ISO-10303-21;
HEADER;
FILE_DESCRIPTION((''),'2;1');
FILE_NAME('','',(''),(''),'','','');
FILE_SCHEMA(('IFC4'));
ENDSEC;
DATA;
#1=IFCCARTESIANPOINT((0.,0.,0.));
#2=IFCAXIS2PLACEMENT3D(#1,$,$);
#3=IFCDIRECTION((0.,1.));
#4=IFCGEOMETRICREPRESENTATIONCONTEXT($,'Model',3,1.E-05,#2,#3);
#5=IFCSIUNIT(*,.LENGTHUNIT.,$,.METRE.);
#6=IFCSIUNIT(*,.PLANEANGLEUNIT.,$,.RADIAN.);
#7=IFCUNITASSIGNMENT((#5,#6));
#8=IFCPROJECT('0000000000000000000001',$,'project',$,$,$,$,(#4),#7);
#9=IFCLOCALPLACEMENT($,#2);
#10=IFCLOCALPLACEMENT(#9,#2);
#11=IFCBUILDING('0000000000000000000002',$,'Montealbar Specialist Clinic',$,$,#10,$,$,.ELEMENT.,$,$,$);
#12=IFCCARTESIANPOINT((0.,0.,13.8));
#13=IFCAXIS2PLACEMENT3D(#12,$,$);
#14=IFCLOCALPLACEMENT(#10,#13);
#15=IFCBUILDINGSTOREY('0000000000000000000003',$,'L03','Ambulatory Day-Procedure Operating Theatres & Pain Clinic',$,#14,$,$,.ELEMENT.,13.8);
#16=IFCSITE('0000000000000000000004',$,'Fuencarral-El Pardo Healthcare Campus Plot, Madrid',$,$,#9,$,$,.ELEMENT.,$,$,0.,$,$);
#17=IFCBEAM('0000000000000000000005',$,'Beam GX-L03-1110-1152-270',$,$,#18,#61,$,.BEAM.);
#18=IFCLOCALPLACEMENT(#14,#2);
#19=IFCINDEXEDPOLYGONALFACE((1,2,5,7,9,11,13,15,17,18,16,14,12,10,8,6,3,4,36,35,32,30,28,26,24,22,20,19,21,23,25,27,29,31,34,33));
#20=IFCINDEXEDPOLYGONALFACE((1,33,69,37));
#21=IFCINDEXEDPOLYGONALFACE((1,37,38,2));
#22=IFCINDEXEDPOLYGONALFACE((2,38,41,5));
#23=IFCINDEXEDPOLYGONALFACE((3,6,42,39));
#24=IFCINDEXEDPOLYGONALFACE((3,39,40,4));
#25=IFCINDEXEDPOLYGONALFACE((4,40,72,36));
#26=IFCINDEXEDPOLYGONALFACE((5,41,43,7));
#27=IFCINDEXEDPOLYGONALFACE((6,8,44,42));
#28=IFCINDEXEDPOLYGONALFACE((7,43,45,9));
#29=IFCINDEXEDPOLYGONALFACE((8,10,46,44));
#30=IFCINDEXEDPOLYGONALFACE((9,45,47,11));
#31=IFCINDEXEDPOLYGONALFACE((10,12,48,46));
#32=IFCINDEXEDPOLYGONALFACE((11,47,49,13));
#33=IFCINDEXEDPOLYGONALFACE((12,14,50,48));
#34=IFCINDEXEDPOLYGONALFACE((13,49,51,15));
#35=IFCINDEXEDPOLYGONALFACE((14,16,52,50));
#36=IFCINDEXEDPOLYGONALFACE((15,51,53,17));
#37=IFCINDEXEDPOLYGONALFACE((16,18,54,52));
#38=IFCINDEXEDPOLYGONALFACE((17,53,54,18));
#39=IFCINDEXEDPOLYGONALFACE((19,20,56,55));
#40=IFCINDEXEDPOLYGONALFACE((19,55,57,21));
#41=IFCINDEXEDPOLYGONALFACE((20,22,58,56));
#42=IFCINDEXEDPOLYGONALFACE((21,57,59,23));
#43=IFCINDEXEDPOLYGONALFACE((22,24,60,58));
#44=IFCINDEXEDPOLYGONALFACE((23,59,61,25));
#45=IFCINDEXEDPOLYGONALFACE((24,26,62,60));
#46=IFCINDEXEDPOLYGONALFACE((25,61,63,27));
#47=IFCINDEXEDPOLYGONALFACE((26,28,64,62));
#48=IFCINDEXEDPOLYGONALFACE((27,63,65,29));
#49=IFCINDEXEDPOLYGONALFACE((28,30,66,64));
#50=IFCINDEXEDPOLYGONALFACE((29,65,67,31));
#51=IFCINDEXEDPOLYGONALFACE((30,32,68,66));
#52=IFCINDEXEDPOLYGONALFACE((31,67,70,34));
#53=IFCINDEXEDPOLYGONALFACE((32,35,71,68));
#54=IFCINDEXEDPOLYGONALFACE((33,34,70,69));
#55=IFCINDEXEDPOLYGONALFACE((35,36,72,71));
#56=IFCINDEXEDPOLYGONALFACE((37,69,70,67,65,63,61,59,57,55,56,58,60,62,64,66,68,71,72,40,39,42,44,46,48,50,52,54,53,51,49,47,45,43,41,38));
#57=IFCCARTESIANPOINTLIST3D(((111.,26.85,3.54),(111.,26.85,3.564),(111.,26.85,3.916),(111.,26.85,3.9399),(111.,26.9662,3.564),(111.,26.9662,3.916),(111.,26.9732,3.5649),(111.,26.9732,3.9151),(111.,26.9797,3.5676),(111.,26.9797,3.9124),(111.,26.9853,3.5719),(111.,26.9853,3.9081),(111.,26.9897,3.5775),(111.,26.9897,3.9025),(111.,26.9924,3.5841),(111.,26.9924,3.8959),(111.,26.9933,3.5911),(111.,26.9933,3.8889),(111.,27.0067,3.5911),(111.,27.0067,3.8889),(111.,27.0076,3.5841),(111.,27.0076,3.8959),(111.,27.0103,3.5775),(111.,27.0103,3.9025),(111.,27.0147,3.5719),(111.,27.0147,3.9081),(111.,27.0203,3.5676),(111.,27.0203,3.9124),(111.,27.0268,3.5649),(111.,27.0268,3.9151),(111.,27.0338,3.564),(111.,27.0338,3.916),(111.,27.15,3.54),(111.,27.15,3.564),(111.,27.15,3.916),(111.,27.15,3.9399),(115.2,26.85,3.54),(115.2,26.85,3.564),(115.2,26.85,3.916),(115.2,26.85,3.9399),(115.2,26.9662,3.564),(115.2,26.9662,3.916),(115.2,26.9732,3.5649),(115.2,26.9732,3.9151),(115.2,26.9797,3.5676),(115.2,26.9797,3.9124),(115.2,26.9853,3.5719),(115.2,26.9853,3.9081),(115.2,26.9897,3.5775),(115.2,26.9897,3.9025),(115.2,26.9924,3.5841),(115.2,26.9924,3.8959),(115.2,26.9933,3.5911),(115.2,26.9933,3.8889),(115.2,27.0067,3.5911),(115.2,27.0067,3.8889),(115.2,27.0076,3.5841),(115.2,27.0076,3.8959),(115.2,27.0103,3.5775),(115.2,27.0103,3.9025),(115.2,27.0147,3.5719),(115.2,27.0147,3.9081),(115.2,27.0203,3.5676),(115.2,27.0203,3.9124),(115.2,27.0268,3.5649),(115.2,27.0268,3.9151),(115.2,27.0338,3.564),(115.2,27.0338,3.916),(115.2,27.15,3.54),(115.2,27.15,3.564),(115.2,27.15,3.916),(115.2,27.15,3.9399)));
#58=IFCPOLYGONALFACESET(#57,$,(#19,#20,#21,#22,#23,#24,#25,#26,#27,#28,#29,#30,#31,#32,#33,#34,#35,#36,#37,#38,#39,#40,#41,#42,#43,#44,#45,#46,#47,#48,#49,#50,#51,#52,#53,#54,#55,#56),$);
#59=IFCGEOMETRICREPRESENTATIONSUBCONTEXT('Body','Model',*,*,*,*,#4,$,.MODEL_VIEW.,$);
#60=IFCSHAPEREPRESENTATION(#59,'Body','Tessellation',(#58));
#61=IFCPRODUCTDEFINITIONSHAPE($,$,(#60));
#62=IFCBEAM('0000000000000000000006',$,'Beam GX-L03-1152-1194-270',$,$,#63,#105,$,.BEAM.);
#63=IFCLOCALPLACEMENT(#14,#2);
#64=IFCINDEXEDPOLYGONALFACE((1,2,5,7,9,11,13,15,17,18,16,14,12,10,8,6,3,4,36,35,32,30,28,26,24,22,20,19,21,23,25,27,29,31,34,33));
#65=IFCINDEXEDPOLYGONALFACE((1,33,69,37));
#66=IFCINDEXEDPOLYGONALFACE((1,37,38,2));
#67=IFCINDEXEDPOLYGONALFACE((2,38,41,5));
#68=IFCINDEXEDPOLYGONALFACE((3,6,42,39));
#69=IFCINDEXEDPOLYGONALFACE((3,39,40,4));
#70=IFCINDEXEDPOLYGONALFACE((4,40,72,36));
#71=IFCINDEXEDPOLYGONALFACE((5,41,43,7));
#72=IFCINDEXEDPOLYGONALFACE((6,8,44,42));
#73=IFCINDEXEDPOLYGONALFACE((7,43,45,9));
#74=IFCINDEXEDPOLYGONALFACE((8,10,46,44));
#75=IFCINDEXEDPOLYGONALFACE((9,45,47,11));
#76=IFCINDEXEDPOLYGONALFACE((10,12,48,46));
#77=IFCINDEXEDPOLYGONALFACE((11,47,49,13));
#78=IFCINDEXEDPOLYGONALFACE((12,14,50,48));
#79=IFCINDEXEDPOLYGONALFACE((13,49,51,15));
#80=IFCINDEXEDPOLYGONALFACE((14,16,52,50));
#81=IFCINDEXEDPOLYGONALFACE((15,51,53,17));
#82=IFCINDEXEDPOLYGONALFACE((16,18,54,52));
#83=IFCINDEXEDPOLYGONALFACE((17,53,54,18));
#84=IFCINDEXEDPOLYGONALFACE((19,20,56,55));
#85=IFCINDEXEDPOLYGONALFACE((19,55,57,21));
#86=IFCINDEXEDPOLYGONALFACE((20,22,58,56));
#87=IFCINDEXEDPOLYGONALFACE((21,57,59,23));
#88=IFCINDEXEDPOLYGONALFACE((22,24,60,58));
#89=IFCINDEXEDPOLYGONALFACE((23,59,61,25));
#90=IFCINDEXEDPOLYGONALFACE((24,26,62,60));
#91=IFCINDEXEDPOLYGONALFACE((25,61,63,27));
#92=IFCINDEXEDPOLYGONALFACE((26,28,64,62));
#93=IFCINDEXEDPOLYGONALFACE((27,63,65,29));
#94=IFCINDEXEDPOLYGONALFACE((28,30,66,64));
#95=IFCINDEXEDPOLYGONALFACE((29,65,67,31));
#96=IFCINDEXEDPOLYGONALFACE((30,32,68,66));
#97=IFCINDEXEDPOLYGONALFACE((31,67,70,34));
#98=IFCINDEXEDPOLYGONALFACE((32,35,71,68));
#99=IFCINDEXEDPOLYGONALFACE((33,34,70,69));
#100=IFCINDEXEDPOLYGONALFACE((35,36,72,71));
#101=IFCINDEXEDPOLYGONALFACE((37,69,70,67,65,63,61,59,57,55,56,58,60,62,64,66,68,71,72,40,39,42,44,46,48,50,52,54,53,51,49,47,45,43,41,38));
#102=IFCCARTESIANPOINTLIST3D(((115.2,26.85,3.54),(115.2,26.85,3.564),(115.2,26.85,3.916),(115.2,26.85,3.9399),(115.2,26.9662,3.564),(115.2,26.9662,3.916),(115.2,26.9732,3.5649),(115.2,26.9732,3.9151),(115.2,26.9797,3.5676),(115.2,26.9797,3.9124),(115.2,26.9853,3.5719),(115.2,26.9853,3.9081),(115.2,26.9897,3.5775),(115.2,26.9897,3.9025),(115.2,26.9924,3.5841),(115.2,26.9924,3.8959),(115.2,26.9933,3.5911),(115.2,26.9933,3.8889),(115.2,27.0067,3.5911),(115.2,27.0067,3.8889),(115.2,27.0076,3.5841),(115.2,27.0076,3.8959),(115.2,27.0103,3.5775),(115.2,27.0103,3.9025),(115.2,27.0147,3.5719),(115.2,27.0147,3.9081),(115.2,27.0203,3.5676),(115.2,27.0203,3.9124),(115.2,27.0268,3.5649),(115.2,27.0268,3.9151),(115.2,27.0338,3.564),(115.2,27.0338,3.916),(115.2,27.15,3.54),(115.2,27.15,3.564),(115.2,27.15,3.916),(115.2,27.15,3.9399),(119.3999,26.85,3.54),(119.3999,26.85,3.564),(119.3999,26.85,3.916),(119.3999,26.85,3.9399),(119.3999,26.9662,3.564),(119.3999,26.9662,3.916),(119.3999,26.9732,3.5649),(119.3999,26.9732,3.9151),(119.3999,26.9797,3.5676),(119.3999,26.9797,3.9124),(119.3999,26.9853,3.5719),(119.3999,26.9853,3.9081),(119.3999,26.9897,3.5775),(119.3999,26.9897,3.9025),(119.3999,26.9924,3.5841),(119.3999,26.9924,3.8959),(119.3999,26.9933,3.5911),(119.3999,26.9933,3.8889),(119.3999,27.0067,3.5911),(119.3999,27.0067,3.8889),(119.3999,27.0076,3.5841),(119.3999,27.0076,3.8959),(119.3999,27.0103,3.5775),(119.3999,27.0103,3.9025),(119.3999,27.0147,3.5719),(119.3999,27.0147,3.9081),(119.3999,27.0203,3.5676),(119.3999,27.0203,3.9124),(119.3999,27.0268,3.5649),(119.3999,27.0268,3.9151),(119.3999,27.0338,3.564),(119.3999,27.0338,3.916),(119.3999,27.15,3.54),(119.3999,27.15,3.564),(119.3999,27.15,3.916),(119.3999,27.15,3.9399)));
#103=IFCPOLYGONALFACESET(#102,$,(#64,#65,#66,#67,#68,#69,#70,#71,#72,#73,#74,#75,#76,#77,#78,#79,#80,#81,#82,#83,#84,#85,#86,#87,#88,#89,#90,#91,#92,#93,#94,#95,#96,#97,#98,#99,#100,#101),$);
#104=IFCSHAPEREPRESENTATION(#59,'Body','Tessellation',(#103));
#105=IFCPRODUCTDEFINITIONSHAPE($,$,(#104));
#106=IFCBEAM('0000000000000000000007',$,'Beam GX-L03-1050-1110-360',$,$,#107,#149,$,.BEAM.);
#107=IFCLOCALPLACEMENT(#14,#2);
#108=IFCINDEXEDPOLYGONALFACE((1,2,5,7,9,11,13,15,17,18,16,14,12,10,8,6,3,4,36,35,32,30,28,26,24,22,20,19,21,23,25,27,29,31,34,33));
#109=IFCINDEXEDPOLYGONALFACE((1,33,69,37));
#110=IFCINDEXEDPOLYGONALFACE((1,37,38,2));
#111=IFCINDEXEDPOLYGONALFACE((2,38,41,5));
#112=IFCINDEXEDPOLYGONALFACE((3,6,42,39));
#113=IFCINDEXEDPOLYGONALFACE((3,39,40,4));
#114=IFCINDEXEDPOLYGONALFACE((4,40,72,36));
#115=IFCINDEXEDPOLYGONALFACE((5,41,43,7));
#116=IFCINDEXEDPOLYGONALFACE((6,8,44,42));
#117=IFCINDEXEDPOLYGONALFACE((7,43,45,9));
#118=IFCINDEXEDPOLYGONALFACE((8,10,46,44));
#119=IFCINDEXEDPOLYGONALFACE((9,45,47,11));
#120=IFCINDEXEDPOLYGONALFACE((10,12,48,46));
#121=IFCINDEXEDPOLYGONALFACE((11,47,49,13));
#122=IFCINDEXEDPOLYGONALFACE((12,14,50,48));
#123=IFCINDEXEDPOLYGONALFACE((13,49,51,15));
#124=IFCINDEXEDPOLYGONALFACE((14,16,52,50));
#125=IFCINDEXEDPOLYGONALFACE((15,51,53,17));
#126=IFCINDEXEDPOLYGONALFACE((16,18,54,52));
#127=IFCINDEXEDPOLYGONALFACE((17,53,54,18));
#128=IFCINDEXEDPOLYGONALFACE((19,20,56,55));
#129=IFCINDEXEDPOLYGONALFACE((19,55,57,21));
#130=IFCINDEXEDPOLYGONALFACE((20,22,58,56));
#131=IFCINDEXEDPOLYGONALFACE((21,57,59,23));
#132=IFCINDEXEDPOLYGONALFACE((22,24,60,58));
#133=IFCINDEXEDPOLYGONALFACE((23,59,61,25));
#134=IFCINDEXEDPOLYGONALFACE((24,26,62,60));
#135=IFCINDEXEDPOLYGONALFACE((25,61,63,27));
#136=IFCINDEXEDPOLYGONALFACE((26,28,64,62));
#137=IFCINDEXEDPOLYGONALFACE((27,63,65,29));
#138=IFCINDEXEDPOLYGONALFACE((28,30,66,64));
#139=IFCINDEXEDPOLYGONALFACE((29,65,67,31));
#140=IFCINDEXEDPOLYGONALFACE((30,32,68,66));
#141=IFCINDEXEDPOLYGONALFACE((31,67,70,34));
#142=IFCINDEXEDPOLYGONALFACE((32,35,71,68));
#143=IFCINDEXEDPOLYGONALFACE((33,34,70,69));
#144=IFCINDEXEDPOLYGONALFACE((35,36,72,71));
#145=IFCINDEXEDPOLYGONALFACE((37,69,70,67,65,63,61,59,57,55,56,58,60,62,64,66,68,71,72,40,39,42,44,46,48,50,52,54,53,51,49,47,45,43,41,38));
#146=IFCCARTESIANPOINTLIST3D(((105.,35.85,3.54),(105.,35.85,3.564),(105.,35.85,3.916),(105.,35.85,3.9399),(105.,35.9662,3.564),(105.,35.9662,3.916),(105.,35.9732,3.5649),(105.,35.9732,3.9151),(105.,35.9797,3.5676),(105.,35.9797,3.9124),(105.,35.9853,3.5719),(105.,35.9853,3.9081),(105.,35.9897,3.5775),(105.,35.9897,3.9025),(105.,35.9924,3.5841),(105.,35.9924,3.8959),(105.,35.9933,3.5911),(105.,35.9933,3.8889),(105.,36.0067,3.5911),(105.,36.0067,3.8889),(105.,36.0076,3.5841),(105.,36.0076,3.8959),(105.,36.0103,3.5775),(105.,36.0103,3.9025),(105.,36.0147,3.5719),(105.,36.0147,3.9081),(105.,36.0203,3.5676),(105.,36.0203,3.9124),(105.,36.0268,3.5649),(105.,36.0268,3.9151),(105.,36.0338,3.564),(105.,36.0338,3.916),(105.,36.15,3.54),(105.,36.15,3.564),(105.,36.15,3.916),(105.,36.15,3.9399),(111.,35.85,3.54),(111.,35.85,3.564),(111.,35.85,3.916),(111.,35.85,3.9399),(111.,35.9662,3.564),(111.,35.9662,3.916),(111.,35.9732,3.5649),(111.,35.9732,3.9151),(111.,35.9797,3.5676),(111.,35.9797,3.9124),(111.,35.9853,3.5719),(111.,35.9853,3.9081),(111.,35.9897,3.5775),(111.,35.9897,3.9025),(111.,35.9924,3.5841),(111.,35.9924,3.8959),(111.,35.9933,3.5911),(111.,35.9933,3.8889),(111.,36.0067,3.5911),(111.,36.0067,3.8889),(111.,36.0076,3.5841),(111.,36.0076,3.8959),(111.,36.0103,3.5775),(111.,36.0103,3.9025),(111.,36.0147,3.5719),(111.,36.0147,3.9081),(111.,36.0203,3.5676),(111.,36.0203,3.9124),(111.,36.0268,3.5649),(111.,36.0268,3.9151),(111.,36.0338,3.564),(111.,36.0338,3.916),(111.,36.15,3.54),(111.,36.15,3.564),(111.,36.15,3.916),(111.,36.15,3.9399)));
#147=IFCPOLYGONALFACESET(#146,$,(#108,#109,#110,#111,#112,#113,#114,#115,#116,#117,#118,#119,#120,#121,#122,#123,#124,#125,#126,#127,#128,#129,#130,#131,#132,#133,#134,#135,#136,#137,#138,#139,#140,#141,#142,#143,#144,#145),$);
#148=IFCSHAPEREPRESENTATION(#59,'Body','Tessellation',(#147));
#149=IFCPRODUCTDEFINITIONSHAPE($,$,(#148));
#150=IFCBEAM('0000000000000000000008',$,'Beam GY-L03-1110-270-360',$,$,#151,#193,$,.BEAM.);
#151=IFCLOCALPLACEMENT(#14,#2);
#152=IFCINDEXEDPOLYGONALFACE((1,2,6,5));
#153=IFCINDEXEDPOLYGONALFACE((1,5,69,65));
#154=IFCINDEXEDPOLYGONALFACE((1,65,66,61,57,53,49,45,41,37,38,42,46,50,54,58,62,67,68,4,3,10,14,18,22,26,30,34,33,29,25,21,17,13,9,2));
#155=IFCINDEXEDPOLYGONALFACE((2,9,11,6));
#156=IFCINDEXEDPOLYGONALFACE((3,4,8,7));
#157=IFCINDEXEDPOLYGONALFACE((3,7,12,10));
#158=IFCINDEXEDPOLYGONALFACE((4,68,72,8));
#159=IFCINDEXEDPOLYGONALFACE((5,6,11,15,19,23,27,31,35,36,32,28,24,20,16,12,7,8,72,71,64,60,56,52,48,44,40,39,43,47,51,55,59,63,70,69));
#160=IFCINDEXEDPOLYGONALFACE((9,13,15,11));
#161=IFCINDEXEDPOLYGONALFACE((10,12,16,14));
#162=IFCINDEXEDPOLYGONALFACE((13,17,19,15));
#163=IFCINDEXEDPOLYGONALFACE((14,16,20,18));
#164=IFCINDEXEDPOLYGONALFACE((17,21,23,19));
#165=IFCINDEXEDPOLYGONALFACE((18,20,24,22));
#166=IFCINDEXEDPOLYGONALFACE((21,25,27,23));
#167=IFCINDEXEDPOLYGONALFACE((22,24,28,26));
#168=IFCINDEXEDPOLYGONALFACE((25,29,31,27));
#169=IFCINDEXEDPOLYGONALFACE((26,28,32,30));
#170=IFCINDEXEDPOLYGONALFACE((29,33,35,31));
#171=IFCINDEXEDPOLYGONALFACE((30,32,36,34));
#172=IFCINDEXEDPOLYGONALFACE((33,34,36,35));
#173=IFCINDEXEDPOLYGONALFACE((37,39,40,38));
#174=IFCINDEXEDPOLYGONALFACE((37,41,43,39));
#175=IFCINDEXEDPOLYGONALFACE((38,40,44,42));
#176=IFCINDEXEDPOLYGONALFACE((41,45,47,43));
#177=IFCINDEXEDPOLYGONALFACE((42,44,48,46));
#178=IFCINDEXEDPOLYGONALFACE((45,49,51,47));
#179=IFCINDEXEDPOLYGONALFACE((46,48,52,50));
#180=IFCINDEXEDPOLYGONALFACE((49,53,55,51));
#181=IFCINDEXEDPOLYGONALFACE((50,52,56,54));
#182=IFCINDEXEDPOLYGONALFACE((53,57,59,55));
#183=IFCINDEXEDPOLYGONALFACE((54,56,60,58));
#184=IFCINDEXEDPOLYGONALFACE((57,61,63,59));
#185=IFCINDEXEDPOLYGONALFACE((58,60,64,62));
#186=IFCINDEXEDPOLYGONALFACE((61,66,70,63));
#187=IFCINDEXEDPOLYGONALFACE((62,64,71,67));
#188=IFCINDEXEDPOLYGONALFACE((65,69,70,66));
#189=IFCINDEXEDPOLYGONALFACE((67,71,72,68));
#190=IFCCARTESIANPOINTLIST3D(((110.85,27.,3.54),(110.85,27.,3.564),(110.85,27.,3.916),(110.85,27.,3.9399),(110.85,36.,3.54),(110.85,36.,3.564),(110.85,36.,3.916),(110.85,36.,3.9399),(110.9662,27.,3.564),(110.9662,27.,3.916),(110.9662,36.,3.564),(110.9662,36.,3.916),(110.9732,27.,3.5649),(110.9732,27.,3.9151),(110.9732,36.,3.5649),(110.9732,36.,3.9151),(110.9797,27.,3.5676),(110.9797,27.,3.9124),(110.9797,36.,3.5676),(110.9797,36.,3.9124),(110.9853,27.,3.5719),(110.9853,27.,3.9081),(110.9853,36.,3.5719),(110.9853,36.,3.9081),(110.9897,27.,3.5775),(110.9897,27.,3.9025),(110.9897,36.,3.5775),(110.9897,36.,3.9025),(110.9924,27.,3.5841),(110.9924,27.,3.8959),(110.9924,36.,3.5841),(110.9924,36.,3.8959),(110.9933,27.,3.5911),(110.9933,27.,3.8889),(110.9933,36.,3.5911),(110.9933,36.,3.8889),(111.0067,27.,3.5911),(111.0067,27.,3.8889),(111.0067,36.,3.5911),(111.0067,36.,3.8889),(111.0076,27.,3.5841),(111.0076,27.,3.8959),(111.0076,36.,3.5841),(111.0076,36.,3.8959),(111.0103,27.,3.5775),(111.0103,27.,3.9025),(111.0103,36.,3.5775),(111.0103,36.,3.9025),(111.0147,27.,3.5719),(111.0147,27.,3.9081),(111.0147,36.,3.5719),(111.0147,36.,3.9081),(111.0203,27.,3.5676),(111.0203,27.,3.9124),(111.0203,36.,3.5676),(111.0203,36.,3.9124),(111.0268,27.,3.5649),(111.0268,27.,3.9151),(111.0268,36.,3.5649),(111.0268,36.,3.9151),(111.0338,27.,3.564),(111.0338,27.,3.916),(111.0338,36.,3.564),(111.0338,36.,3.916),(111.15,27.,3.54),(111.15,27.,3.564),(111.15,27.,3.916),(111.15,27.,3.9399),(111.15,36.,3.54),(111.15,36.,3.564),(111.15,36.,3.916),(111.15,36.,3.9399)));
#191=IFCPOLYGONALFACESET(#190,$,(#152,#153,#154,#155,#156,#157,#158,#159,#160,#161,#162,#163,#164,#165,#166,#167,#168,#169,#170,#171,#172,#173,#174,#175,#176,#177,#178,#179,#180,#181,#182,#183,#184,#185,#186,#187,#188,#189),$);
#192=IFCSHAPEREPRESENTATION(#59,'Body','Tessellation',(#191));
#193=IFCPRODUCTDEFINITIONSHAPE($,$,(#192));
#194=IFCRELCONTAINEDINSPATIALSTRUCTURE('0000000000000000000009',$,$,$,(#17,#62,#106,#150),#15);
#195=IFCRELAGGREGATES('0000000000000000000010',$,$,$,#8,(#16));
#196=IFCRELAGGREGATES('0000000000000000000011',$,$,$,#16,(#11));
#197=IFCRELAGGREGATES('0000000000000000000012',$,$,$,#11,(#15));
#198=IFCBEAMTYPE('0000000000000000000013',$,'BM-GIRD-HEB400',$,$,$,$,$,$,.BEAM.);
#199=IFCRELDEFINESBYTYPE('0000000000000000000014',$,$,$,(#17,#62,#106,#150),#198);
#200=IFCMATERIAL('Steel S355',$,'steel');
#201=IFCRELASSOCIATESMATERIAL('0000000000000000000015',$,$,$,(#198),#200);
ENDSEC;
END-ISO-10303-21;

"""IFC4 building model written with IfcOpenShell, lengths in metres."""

from ifc_helpers import new_model, si_unit, direction, frame, origin, origin_2d, place, context, subcontext, project, spatial, i_section, extrude, material, material_profile, profile_set, type_object, element, save


model = new_model("IFC4")

# Units and contexts
model_context = context("Model", 3, precision=1e-05, world=origin(), true_north=direction((0.0, 1.0)))
body_context = subcontext(model_context, "Body", "Model", "MODEL_VIEW")
ifc_project = project(units=[si_unit("LENGTHUNIT", "METRE"), si_unit("PLANEANGLEUNIT", "RADIAN")], contexts=[model_context])

# Site, building, storey
site_placement = place(None, origin())
site = spatial("IfcSite", under=ifc_project, at=site_placement, Name="Fuencarral-El Pardo Healthcare Campus Plot, Madrid", CompositionType="ELEMENT", RefElevation=0.0)
building_placement = place(site_placement, origin())
building = spatial("IfcBuilding", under=site, at=building_placement, Name="Montealbar Specialist Clinic", CompositionType="ELEMENT")
storey_placement = place(building_placement, frame((0.0, 0.0, 13.8)))
storey = spatial("IfcBuildingStorey", under=building, at=storey_placement, Name="L03", Description="Ambulatory Day-Procedure Operating Theatres & Pain Clinic", CompositionType="ELEMENT", Elevation=13.8)

# Shared definitions
ifc_material_1 = material(Name="Steel S355", Category="steel")

# Beams
ifc_material_profile_1 = material_profile(ifc_material_1, i_section(OverallWidth=0.3, OverallDepth=0.3999, WebThickness=0.0134, FlangeThickness=0.0239, FilletRadius=0.0271, at=origin_2d()), Name="HEB 400", Category="steel")
ifc_profile_set_1 = profile_set([ifc_material_profile_1], Name="Steel S355")
beam_type_1 = type_object("IfcBeamType", Name="BM-GIRD-HEB400", PredefinedType="BEAM", material=ifc_profile_set_1)
for number, where, z_axis, x_axis, name in (
    (1, (111.0, 27.0, 3.74), (1.0, 0.0, 0.0), (0.0, 1.0, 0.0), "Beam GX-L03-1110-1152-270"),
    (2, (115.2, 27.0, 3.74), (1.0, 0.0, 0.0), (0.0, 1.0, 0.0), "Beam GX-L03-1152-1194-270"),
):
    element("IfcBeam", number, at=place(storey_placement, frame(where, z_axis=z_axis, x_axis=x_axis)), inside=storey, type_object=beam_type_1, Name=name, PredefinedType="BEAM", context=body_context, shape_type="SweptSolid", body=[
        extrude(i_section(OverallWidth=0.3, OverallDepth=0.3999, WebThickness=0.0134, FlangeThickness=0.0239, FilletRadius=0.0271, at=origin_2d()), origin(), (0.0, 0.0, 1.0), 4.2),
    ])
beam_1_placement = place(storey_placement, frame((105.0, 36.0, 3.74), z_axis=(1.0, 0.0, 0.0), x_axis=(0.0, 1.0, 0.0)))
element("IfcBeam", 3, at=beam_1_placement, inside=storey, type_object=beam_type_1, Name="Beam GX-L03-1050-1110-360", PredefinedType="BEAM", context=body_context, shape_type="SweptSolid", body=[
    extrude(i_section(OverallWidth=0.3, OverallDepth=0.3999, WebThickness=0.0134, FlangeThickness=0.0239, FilletRadius=0.0271, at=origin_2d()), origin(), (0.0, 0.0, 1.0), 6.0),
])
beam_2_placement = place(storey_placement, frame((111.0, 27.0, 3.74), z_axis=(0.0, 1.0, 0.0), x_axis=(-1.0, 0.0, 0.0)))
element("IfcBeam", 4, at=beam_2_placement, inside=storey, type_object=beam_type_1, Name="Beam GY-L03-1110-270-360", PredefinedType="BEAM", context=body_context, shape_type="SweptSolid", body=[
    extrude(i_section(OverallWidth=0.3, OverallDepth=0.3999, WebThickness=0.0134, FlangeThickness=0.0239, FilletRadius=0.0271, at=origin_2d()), origin(), (0.0, 0.0, 1.0), 9.0),
])

save(model, "model.ifc")
